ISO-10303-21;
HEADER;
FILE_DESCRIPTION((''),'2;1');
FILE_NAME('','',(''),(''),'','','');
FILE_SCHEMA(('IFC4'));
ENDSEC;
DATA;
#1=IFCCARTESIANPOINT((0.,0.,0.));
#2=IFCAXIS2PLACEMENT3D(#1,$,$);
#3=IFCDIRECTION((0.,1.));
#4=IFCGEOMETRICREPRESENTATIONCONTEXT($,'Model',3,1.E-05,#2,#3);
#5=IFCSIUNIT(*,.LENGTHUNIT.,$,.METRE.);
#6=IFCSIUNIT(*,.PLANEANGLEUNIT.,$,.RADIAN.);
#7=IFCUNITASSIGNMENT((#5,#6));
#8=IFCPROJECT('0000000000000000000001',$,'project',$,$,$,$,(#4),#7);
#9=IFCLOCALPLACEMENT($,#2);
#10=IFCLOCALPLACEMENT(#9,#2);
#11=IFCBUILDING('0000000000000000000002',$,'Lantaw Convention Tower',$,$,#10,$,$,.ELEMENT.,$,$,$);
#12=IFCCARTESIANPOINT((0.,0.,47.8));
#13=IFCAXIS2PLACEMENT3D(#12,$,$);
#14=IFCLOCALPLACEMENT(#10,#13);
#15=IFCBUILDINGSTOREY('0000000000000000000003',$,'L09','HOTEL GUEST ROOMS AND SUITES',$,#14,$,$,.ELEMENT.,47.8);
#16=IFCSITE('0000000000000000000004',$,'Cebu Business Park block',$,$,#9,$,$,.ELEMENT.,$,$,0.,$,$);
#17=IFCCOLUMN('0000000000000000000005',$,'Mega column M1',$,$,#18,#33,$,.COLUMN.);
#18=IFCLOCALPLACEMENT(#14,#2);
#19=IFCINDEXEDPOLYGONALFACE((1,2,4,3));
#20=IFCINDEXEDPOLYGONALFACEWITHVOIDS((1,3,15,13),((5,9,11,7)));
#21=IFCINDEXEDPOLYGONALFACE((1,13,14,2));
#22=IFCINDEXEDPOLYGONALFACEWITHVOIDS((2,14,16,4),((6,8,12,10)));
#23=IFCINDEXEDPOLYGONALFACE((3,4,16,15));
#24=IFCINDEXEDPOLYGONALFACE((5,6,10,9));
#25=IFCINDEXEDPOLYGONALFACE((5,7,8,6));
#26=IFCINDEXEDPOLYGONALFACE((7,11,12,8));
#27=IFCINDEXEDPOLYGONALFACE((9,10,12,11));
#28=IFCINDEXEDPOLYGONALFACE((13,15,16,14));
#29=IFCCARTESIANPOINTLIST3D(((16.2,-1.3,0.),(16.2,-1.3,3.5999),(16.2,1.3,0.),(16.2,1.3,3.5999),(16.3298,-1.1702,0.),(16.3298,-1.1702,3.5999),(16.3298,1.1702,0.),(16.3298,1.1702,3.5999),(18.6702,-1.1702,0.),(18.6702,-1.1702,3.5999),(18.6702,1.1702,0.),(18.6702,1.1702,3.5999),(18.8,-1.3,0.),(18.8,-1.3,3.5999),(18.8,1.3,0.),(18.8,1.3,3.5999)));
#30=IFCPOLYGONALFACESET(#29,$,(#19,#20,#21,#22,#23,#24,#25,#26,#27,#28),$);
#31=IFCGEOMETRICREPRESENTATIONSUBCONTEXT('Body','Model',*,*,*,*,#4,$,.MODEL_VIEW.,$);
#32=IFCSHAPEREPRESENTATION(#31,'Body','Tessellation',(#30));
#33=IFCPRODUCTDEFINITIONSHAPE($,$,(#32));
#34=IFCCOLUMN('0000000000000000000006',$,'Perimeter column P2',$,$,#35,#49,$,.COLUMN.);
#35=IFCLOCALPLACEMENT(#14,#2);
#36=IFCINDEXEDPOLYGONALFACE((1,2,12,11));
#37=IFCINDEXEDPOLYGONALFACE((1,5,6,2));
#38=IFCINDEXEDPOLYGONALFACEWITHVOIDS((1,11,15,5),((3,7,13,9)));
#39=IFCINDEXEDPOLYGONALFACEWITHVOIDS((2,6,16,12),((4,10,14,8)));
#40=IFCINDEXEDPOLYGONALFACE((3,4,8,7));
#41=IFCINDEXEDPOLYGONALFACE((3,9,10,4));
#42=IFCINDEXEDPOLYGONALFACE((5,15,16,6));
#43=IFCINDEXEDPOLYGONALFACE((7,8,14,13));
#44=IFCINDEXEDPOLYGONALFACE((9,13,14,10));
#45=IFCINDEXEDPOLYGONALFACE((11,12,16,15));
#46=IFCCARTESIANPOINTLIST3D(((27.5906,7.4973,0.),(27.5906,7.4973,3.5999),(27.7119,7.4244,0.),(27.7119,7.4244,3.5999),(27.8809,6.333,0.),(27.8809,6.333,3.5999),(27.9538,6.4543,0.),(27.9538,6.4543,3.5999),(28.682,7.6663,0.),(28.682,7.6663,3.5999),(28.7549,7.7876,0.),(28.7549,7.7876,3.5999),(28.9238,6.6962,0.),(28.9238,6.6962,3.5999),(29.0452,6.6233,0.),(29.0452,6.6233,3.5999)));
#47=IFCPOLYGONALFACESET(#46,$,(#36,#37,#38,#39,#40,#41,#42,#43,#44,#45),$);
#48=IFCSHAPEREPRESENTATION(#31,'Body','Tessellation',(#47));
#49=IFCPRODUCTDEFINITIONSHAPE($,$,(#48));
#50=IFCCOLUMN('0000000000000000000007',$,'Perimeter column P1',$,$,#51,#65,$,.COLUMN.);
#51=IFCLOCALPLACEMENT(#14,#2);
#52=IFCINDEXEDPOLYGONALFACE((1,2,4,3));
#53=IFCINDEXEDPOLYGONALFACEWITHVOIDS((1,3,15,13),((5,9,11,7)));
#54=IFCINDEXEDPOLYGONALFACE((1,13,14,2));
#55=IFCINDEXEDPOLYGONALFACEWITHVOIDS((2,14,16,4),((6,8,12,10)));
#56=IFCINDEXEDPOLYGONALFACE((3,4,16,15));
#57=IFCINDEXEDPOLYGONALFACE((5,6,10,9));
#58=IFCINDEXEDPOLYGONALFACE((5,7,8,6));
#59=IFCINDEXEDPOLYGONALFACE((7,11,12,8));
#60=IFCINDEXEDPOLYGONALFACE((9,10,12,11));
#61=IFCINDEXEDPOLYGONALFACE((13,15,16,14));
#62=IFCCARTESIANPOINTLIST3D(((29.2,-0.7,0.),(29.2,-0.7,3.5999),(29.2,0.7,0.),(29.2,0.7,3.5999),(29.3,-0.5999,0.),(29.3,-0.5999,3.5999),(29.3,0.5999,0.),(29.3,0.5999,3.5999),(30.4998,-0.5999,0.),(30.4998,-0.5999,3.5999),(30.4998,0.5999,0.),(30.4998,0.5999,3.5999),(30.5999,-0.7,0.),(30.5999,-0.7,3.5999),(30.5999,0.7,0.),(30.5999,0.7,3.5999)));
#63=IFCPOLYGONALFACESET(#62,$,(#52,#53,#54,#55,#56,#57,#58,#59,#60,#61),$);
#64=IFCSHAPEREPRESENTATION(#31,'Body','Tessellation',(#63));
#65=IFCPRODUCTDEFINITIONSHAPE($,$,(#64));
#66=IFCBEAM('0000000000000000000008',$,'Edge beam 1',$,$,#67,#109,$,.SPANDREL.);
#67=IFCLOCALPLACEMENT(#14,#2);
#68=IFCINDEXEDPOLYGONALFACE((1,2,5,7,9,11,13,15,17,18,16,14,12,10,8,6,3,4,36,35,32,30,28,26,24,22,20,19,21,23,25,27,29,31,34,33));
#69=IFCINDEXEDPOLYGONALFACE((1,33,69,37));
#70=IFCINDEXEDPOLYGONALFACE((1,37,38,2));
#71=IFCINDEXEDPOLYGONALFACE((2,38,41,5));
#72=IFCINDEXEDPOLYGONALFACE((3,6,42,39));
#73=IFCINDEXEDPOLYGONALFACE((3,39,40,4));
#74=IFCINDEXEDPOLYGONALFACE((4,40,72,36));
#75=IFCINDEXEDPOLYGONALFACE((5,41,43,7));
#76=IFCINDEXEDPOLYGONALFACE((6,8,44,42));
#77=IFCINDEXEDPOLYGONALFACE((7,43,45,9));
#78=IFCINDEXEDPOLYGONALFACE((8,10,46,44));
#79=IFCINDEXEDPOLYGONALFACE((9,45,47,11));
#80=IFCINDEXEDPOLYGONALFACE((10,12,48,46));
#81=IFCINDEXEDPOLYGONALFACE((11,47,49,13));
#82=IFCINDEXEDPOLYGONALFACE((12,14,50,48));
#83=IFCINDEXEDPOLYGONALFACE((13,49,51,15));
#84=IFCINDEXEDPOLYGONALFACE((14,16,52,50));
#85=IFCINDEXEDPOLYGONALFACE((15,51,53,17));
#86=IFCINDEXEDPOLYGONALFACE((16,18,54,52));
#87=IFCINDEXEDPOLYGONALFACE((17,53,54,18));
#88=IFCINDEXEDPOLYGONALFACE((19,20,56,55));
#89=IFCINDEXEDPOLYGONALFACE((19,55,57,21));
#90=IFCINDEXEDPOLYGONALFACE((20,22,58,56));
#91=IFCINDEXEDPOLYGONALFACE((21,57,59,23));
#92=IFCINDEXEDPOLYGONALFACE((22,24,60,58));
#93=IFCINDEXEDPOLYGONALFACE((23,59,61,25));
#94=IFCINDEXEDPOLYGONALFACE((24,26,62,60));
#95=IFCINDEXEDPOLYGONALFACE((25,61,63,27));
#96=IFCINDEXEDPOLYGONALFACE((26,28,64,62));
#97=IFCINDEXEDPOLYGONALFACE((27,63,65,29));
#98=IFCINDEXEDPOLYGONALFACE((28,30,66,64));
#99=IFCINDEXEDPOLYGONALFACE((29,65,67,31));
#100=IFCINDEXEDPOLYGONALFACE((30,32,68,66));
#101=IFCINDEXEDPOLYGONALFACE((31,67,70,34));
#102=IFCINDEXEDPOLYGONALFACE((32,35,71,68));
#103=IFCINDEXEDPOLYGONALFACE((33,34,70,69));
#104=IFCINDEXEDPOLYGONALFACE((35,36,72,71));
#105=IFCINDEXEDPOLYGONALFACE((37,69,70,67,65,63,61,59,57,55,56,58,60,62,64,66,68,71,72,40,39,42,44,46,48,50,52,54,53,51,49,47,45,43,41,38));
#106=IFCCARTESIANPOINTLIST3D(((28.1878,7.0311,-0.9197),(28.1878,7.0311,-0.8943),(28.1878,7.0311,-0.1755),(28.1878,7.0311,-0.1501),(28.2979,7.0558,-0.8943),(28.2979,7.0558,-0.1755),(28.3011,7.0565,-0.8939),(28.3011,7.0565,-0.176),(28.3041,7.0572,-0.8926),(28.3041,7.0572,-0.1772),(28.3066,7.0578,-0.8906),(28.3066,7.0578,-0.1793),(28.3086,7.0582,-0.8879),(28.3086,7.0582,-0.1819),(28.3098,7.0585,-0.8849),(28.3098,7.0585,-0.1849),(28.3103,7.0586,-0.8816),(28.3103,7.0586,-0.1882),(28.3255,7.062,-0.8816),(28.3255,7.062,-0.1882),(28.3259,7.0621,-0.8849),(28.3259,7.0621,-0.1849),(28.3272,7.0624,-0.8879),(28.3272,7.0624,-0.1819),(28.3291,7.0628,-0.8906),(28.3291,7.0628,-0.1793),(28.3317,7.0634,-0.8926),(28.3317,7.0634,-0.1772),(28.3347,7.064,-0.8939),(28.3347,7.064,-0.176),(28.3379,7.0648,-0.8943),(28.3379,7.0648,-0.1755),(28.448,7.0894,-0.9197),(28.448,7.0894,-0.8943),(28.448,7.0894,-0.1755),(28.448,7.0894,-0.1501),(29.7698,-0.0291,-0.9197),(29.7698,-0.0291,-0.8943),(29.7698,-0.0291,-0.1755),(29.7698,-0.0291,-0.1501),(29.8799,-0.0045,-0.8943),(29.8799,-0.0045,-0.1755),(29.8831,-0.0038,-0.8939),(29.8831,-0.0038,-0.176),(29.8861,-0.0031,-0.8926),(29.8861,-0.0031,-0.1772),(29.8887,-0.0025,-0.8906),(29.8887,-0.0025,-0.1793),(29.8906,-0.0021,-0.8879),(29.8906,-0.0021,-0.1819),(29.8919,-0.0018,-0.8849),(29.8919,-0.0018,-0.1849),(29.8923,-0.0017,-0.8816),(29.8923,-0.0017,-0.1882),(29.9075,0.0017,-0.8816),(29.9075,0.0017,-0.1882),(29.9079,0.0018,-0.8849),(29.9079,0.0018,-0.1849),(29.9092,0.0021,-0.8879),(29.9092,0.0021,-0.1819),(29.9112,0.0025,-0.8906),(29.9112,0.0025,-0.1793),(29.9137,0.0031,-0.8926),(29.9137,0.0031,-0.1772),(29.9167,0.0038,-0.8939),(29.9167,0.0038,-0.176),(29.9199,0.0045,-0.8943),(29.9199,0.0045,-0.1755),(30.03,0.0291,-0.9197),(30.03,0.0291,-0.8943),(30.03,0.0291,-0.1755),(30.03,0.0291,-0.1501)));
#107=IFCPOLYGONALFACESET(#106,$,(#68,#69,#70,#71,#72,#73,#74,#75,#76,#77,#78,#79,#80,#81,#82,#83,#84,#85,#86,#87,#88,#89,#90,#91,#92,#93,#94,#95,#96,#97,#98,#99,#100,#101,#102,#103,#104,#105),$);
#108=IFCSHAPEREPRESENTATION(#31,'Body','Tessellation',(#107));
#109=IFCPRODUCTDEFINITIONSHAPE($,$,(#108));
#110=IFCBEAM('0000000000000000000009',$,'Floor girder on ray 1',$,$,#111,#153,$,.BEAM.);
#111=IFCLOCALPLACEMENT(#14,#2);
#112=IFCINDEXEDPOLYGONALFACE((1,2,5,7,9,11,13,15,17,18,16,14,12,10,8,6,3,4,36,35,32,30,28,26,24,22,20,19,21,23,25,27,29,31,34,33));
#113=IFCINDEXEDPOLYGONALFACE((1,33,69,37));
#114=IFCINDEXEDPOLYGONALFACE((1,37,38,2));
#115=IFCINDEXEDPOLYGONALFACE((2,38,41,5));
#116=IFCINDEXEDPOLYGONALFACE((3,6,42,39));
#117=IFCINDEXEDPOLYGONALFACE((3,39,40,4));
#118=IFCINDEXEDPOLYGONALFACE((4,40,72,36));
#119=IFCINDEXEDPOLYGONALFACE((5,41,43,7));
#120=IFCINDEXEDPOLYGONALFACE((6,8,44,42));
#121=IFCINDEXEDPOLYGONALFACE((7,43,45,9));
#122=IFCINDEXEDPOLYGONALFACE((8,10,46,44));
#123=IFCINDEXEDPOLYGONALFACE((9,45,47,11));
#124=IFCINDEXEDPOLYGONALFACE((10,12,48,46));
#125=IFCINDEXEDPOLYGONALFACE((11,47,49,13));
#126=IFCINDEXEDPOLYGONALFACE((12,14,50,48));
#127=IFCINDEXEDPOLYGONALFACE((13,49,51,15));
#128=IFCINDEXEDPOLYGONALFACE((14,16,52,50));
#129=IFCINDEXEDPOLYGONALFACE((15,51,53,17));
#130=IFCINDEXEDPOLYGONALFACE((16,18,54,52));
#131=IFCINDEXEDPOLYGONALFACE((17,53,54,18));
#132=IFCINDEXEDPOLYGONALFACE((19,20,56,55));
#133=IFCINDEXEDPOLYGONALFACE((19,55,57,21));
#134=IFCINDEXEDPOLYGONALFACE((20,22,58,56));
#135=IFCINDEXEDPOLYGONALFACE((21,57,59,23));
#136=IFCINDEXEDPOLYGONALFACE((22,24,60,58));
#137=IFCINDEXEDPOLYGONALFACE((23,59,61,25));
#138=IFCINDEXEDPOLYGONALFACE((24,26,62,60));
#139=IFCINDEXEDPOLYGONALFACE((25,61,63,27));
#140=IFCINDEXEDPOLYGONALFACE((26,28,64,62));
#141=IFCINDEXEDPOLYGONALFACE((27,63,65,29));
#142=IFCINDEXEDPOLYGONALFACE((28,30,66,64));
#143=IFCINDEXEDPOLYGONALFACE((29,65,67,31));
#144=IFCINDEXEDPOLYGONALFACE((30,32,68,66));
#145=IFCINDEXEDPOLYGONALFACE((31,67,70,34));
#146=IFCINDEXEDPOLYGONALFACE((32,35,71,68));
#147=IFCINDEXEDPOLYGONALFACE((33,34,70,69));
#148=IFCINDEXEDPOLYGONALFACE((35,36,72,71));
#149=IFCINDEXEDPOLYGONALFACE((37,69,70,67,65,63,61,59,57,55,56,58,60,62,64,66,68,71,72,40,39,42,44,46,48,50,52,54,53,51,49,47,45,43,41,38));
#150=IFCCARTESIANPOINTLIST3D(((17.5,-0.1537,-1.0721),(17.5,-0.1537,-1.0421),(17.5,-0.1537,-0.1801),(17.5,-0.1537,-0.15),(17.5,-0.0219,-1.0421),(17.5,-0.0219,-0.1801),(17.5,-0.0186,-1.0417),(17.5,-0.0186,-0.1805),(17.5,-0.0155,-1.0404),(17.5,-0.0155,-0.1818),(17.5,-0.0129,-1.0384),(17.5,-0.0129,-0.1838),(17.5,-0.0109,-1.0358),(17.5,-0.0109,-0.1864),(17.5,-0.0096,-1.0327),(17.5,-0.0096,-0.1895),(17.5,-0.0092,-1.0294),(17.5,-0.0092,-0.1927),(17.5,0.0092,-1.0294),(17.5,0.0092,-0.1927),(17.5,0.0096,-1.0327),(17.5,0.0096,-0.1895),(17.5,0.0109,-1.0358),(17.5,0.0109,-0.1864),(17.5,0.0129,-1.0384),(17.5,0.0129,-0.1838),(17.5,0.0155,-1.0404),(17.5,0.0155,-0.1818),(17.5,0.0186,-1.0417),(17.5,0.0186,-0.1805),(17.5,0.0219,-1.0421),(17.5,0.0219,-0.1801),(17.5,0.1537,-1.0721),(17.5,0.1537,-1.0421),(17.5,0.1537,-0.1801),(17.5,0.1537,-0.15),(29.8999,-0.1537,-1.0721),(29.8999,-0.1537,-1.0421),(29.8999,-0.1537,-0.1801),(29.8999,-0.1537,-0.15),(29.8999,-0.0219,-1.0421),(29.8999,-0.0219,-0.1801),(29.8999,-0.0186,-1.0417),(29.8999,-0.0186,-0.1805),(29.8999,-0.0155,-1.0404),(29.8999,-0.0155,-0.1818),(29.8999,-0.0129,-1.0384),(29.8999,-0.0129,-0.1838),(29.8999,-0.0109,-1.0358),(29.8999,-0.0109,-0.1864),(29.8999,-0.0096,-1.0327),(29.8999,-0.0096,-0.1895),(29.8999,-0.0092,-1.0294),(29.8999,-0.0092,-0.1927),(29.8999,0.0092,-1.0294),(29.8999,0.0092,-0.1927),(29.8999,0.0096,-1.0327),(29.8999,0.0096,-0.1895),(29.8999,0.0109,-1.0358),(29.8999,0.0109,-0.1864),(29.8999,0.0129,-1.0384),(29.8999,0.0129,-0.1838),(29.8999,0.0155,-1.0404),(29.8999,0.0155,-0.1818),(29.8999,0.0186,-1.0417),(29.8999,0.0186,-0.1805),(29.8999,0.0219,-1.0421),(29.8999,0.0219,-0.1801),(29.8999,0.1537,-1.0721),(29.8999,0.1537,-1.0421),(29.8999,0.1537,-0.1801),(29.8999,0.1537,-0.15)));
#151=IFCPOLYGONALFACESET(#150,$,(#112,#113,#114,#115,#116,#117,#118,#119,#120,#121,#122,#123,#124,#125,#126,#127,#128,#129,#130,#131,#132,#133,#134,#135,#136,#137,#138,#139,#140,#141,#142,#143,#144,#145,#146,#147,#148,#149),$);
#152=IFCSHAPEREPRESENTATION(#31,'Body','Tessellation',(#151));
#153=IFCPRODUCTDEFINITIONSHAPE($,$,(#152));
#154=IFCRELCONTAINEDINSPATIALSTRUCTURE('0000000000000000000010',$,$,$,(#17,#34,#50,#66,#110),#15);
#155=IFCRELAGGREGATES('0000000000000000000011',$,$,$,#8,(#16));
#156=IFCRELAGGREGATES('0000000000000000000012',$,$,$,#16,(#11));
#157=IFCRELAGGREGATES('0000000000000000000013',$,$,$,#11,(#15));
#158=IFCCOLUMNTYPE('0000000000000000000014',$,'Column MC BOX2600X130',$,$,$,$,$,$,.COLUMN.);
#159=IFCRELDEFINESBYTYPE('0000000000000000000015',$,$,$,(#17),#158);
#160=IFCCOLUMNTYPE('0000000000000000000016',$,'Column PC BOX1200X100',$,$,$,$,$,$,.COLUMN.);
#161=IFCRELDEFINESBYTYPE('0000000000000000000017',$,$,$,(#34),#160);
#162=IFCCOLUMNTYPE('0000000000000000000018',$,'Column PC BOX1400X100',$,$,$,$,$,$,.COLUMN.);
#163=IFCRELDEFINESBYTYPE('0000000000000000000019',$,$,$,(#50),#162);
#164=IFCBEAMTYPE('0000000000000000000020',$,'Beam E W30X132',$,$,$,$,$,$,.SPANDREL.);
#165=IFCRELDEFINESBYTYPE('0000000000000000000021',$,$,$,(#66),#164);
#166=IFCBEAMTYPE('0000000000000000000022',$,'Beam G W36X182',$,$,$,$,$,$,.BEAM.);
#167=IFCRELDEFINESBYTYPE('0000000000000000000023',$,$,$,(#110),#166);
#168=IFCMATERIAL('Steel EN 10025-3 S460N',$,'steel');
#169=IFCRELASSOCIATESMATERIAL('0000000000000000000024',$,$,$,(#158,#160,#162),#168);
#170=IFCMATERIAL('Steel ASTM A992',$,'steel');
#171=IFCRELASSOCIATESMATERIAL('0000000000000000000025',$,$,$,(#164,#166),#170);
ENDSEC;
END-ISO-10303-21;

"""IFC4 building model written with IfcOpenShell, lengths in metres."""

from ifc_helpers import new_model, si_unit, direction, frame, origin, origin_2d, place, context, subcontext, project, spatial, rectangle, hollow_rectangle, i_section, extrude, material, material_profile, profile_set, type_object, element, save


model = new_model("IFC4")

# Units and contexts
model_context = context("Model", 3, precision=1e-05, world=origin(), true_north=direction((0.0, 1.0)))
body_context = subcontext(model_context, "Body", "Model", "MODEL_VIEW")
ifc_project = project(units=[si_unit("LENGTHUNIT", "METRE"), si_unit("PLANEANGLEUNIT", "RADIAN")], contexts=[model_context])

# Site, building, storey
site_placement = place(None, origin())
site = spatial("IfcSite", under=ifc_project, at=site_placement, Name="Cebu Business Park block", CompositionType="ELEMENT", RefElevation=0.0)
building_placement = place(site_placement, origin())
building = spatial("IfcBuilding", under=site, at=building_placement, Name="Lantaw Convention Tower", CompositionType="ELEMENT")
storey_placement = place(building_placement, frame((0.0, 0.0, 47.8)))
storey = spatial("IfcBuildingStorey", under=building, at=storey_placement, Name="L09", Description="HOTEL GUEST ROOMS AND SUITES", CompositionType="ELEMENT", Elevation=47.8)

# Columns
ifc_material_1 = material(Name="Steel EN 10025-3 S460N", Category="steel")
ifc_material_profile_1 = material_profile(ifc_material_1, hollow_rectangle(XDim=2.6001, YDim=2.6001, WallThickness=0.1299, at=origin_2d()), Name="BOX2600X130")
ifc_material_2 = material(Name="Concrete C60/75", Category="concrete")
ifc_material_profile_2 = material_profile(ifc_material_2, rectangle(XDim=2.3401, YDim=2.3401, at=origin_2d()), Name="Concrete fill of BOX2600X130")
ifc_profile_set_1 = profile_set([ifc_material_profile_1, ifc_material_profile_2], Name="Steel EN 10025-3 S460N")
column_type_1 = type_object("IfcColumnType", Name="Column MC BOX2600X130", PredefinedType="COLUMN", material=ifc_profile_set_1)
column_1_placement = place(storey_placement, frame((17.5, 0.0, 0.0), z_axis=(0.0, 0.0, 1.0), x_axis=(1.0, 0.0, 0.0)))
element("IfcColumn", 1, at=column_1_placement, inside=storey, type_object=column_type_1, Name="Mega column M1", PredefinedType="COLUMN", context=body_context, shape_type="SweptSolid", body=[
    extrude(hollow_rectangle(XDim=2.6001, YDim=2.6001, WallThickness=0.1299, at=origin_2d()), origin(), (0.0, 0.0, 1.0), 3.5999),
])
ifc_material_profile_3 = material_profile(ifc_material_1, hollow_rectangle(XDim=1.2, YDim=1.2, WallThickness=0.1001, at=origin_2d()), Name="BOX1200X100")
ifc_material_profile_4 = material_profile(ifc_material_2, rectangle(XDim=1.0, YDim=1.0, at=origin_2d()), Name="Concrete fill of BOX1200X100")
ifc_profile_set_2 = profile_set([ifc_material_profile_3, ifc_material_profile_4], Name="Steel EN 10025-3 S460N")
column_type_2 = type_object("IfcColumnType", Name="Column PC BOX1200X100", PredefinedType="COLUMN", material=ifc_profile_set_2)
column_2_placement = place(storey_placement, frame((28.3179, 7.0603, 0.0), z_axis=(0.0, 0.0, 1.0), x_axis=(0.970296, 0.241922, 0.0)))
element("IfcColumn", 2, at=column_2_placement, inside=storey, type_object=column_type_2, Name="Perimeter column P2", PredefinedType="COLUMN", context=body_context, shape_type="SweptSolid", body=[
    extrude(hollow_rectangle(XDim=1.2, YDim=1.2, WallThickness=0.1001, at=origin_2d()), origin(), (0.0, 0.0, 1.0), 3.5999),
])
ifc_material_profile_5 = material_profile(ifc_material_1, hollow_rectangle(XDim=1.3999, YDim=1.3999, WallThickness=0.1001, at=origin_2d()), Name="BOX1400X100")
ifc_material_profile_6 = material_profile(ifc_material_2, rectangle(XDim=1.2, YDim=1.2, at=origin_2d()), Name="Concrete fill of BOX1400X100")
ifc_profile_set_3 = profile_set([ifc_material_profile_5, ifc_material_profile_6], Name="Steel EN 10025-3 S460N")
column_type_3 = type_object("IfcColumnType", Name="Column PC BOX1400X100", PredefinedType="COLUMN", material=ifc_profile_set_3)
column_3_placement = place(storey_placement, frame((29.8999, 0.0, 0.0), z_axis=(0.0, 0.0, 1.0), x_axis=(1.0, 0.0, 0.0)))
element("IfcColumn", 3, at=column_3_placement, inside=storey, type_object=column_type_3, Name="Perimeter column P1", PredefinedType="COLUMN", context=body_context, shape_type="SweptSolid", body=[
    extrude(hollow_rectangle(XDim=1.3999, YDim=1.3999, WallThickness=0.1001, at=origin_2d()), origin(), (0.0, 0.0, 1.0), 3.5999),
])

# Beams
ifc_material_3 = material(Name="Steel ASTM A992", Category="steel")
ifc_material_profile_7 = material_profile(ifc_material_3, i_section(OverallWidth=0.2666, OverallDepth=0.7695, WebThickness=0.0156, FlangeThickness=0.0254, FilletRadius=0.0127, at=origin_2d()), Name="W30X132")
ifc_profile_set_4 = profile_set([ifc_material_profile_7], Name="Steel ASTM A992")
beam_type_1 = type_object("IfcBeamType", Name="Beam E W30X132", PredefinedType="SPANDREL", material=ifc_profile_set_4)
beam_1_placement = place(storey_placement, frame((29.8999, 0.0, -0.5349), z_axis=(-0.218652, 0.975803, 0.0), x_axis=(-0.975803, -0.218652, 0.0)))
element("IfcBeam", 4, at=beam_1_placement, inside=storey, type_object=beam_type_1, Name="Edge beam 1", PredefinedType="SPANDREL", context=body_context, shape_type="SweptSolid", body=[
    extrude(i_section(OverallWidth=0.2666, OverallDepth=0.7695, WebThickness=0.0156, FlangeThickness=0.0254, FilletRadius=0.0127, at=origin_2d()), origin(), (0.0, 0.0, 1.0), 7.2354),
])
ifc_material_profile_8 = material_profile(ifc_material_3, i_section(OverallWidth=0.3074, OverallDepth=0.9221, WebThickness=0.0183, FlangeThickness=0.03, FilletRadius=0.0127, at=origin_2d()), Name="W36X182")
ifc_profile_set_5 = profile_set([ifc_material_profile_8], Name="Steel ASTM A992")
beam_type_2 = type_object("IfcBeamType", Name="Beam G W36X182", PredefinedType="BEAM", material=ifc_profile_set_5)
beam_2_placement = place(storey_placement, frame((17.5, 0.0, -0.6111), z_axis=(1.0, 0.0, 0.0), x_axis=(0.0, 1.0, 0.0)))
element("IfcBeam", 5, at=beam_2_placement, inside=storey, type_object=beam_type_2, Name="Floor girder on ray 1", PredefinedType="BEAM", context=body_context, shape_type="SweptSolid", body=[
    extrude(i_section(OverallWidth=0.3074, OverallDepth=0.9221, WebThickness=0.0183, FlangeThickness=0.03, FilletRadius=0.0127, at=origin_2d()), origin(), (0.0, 0.0, 1.0), 12.3999),
])

save(model, "model.ifc")
